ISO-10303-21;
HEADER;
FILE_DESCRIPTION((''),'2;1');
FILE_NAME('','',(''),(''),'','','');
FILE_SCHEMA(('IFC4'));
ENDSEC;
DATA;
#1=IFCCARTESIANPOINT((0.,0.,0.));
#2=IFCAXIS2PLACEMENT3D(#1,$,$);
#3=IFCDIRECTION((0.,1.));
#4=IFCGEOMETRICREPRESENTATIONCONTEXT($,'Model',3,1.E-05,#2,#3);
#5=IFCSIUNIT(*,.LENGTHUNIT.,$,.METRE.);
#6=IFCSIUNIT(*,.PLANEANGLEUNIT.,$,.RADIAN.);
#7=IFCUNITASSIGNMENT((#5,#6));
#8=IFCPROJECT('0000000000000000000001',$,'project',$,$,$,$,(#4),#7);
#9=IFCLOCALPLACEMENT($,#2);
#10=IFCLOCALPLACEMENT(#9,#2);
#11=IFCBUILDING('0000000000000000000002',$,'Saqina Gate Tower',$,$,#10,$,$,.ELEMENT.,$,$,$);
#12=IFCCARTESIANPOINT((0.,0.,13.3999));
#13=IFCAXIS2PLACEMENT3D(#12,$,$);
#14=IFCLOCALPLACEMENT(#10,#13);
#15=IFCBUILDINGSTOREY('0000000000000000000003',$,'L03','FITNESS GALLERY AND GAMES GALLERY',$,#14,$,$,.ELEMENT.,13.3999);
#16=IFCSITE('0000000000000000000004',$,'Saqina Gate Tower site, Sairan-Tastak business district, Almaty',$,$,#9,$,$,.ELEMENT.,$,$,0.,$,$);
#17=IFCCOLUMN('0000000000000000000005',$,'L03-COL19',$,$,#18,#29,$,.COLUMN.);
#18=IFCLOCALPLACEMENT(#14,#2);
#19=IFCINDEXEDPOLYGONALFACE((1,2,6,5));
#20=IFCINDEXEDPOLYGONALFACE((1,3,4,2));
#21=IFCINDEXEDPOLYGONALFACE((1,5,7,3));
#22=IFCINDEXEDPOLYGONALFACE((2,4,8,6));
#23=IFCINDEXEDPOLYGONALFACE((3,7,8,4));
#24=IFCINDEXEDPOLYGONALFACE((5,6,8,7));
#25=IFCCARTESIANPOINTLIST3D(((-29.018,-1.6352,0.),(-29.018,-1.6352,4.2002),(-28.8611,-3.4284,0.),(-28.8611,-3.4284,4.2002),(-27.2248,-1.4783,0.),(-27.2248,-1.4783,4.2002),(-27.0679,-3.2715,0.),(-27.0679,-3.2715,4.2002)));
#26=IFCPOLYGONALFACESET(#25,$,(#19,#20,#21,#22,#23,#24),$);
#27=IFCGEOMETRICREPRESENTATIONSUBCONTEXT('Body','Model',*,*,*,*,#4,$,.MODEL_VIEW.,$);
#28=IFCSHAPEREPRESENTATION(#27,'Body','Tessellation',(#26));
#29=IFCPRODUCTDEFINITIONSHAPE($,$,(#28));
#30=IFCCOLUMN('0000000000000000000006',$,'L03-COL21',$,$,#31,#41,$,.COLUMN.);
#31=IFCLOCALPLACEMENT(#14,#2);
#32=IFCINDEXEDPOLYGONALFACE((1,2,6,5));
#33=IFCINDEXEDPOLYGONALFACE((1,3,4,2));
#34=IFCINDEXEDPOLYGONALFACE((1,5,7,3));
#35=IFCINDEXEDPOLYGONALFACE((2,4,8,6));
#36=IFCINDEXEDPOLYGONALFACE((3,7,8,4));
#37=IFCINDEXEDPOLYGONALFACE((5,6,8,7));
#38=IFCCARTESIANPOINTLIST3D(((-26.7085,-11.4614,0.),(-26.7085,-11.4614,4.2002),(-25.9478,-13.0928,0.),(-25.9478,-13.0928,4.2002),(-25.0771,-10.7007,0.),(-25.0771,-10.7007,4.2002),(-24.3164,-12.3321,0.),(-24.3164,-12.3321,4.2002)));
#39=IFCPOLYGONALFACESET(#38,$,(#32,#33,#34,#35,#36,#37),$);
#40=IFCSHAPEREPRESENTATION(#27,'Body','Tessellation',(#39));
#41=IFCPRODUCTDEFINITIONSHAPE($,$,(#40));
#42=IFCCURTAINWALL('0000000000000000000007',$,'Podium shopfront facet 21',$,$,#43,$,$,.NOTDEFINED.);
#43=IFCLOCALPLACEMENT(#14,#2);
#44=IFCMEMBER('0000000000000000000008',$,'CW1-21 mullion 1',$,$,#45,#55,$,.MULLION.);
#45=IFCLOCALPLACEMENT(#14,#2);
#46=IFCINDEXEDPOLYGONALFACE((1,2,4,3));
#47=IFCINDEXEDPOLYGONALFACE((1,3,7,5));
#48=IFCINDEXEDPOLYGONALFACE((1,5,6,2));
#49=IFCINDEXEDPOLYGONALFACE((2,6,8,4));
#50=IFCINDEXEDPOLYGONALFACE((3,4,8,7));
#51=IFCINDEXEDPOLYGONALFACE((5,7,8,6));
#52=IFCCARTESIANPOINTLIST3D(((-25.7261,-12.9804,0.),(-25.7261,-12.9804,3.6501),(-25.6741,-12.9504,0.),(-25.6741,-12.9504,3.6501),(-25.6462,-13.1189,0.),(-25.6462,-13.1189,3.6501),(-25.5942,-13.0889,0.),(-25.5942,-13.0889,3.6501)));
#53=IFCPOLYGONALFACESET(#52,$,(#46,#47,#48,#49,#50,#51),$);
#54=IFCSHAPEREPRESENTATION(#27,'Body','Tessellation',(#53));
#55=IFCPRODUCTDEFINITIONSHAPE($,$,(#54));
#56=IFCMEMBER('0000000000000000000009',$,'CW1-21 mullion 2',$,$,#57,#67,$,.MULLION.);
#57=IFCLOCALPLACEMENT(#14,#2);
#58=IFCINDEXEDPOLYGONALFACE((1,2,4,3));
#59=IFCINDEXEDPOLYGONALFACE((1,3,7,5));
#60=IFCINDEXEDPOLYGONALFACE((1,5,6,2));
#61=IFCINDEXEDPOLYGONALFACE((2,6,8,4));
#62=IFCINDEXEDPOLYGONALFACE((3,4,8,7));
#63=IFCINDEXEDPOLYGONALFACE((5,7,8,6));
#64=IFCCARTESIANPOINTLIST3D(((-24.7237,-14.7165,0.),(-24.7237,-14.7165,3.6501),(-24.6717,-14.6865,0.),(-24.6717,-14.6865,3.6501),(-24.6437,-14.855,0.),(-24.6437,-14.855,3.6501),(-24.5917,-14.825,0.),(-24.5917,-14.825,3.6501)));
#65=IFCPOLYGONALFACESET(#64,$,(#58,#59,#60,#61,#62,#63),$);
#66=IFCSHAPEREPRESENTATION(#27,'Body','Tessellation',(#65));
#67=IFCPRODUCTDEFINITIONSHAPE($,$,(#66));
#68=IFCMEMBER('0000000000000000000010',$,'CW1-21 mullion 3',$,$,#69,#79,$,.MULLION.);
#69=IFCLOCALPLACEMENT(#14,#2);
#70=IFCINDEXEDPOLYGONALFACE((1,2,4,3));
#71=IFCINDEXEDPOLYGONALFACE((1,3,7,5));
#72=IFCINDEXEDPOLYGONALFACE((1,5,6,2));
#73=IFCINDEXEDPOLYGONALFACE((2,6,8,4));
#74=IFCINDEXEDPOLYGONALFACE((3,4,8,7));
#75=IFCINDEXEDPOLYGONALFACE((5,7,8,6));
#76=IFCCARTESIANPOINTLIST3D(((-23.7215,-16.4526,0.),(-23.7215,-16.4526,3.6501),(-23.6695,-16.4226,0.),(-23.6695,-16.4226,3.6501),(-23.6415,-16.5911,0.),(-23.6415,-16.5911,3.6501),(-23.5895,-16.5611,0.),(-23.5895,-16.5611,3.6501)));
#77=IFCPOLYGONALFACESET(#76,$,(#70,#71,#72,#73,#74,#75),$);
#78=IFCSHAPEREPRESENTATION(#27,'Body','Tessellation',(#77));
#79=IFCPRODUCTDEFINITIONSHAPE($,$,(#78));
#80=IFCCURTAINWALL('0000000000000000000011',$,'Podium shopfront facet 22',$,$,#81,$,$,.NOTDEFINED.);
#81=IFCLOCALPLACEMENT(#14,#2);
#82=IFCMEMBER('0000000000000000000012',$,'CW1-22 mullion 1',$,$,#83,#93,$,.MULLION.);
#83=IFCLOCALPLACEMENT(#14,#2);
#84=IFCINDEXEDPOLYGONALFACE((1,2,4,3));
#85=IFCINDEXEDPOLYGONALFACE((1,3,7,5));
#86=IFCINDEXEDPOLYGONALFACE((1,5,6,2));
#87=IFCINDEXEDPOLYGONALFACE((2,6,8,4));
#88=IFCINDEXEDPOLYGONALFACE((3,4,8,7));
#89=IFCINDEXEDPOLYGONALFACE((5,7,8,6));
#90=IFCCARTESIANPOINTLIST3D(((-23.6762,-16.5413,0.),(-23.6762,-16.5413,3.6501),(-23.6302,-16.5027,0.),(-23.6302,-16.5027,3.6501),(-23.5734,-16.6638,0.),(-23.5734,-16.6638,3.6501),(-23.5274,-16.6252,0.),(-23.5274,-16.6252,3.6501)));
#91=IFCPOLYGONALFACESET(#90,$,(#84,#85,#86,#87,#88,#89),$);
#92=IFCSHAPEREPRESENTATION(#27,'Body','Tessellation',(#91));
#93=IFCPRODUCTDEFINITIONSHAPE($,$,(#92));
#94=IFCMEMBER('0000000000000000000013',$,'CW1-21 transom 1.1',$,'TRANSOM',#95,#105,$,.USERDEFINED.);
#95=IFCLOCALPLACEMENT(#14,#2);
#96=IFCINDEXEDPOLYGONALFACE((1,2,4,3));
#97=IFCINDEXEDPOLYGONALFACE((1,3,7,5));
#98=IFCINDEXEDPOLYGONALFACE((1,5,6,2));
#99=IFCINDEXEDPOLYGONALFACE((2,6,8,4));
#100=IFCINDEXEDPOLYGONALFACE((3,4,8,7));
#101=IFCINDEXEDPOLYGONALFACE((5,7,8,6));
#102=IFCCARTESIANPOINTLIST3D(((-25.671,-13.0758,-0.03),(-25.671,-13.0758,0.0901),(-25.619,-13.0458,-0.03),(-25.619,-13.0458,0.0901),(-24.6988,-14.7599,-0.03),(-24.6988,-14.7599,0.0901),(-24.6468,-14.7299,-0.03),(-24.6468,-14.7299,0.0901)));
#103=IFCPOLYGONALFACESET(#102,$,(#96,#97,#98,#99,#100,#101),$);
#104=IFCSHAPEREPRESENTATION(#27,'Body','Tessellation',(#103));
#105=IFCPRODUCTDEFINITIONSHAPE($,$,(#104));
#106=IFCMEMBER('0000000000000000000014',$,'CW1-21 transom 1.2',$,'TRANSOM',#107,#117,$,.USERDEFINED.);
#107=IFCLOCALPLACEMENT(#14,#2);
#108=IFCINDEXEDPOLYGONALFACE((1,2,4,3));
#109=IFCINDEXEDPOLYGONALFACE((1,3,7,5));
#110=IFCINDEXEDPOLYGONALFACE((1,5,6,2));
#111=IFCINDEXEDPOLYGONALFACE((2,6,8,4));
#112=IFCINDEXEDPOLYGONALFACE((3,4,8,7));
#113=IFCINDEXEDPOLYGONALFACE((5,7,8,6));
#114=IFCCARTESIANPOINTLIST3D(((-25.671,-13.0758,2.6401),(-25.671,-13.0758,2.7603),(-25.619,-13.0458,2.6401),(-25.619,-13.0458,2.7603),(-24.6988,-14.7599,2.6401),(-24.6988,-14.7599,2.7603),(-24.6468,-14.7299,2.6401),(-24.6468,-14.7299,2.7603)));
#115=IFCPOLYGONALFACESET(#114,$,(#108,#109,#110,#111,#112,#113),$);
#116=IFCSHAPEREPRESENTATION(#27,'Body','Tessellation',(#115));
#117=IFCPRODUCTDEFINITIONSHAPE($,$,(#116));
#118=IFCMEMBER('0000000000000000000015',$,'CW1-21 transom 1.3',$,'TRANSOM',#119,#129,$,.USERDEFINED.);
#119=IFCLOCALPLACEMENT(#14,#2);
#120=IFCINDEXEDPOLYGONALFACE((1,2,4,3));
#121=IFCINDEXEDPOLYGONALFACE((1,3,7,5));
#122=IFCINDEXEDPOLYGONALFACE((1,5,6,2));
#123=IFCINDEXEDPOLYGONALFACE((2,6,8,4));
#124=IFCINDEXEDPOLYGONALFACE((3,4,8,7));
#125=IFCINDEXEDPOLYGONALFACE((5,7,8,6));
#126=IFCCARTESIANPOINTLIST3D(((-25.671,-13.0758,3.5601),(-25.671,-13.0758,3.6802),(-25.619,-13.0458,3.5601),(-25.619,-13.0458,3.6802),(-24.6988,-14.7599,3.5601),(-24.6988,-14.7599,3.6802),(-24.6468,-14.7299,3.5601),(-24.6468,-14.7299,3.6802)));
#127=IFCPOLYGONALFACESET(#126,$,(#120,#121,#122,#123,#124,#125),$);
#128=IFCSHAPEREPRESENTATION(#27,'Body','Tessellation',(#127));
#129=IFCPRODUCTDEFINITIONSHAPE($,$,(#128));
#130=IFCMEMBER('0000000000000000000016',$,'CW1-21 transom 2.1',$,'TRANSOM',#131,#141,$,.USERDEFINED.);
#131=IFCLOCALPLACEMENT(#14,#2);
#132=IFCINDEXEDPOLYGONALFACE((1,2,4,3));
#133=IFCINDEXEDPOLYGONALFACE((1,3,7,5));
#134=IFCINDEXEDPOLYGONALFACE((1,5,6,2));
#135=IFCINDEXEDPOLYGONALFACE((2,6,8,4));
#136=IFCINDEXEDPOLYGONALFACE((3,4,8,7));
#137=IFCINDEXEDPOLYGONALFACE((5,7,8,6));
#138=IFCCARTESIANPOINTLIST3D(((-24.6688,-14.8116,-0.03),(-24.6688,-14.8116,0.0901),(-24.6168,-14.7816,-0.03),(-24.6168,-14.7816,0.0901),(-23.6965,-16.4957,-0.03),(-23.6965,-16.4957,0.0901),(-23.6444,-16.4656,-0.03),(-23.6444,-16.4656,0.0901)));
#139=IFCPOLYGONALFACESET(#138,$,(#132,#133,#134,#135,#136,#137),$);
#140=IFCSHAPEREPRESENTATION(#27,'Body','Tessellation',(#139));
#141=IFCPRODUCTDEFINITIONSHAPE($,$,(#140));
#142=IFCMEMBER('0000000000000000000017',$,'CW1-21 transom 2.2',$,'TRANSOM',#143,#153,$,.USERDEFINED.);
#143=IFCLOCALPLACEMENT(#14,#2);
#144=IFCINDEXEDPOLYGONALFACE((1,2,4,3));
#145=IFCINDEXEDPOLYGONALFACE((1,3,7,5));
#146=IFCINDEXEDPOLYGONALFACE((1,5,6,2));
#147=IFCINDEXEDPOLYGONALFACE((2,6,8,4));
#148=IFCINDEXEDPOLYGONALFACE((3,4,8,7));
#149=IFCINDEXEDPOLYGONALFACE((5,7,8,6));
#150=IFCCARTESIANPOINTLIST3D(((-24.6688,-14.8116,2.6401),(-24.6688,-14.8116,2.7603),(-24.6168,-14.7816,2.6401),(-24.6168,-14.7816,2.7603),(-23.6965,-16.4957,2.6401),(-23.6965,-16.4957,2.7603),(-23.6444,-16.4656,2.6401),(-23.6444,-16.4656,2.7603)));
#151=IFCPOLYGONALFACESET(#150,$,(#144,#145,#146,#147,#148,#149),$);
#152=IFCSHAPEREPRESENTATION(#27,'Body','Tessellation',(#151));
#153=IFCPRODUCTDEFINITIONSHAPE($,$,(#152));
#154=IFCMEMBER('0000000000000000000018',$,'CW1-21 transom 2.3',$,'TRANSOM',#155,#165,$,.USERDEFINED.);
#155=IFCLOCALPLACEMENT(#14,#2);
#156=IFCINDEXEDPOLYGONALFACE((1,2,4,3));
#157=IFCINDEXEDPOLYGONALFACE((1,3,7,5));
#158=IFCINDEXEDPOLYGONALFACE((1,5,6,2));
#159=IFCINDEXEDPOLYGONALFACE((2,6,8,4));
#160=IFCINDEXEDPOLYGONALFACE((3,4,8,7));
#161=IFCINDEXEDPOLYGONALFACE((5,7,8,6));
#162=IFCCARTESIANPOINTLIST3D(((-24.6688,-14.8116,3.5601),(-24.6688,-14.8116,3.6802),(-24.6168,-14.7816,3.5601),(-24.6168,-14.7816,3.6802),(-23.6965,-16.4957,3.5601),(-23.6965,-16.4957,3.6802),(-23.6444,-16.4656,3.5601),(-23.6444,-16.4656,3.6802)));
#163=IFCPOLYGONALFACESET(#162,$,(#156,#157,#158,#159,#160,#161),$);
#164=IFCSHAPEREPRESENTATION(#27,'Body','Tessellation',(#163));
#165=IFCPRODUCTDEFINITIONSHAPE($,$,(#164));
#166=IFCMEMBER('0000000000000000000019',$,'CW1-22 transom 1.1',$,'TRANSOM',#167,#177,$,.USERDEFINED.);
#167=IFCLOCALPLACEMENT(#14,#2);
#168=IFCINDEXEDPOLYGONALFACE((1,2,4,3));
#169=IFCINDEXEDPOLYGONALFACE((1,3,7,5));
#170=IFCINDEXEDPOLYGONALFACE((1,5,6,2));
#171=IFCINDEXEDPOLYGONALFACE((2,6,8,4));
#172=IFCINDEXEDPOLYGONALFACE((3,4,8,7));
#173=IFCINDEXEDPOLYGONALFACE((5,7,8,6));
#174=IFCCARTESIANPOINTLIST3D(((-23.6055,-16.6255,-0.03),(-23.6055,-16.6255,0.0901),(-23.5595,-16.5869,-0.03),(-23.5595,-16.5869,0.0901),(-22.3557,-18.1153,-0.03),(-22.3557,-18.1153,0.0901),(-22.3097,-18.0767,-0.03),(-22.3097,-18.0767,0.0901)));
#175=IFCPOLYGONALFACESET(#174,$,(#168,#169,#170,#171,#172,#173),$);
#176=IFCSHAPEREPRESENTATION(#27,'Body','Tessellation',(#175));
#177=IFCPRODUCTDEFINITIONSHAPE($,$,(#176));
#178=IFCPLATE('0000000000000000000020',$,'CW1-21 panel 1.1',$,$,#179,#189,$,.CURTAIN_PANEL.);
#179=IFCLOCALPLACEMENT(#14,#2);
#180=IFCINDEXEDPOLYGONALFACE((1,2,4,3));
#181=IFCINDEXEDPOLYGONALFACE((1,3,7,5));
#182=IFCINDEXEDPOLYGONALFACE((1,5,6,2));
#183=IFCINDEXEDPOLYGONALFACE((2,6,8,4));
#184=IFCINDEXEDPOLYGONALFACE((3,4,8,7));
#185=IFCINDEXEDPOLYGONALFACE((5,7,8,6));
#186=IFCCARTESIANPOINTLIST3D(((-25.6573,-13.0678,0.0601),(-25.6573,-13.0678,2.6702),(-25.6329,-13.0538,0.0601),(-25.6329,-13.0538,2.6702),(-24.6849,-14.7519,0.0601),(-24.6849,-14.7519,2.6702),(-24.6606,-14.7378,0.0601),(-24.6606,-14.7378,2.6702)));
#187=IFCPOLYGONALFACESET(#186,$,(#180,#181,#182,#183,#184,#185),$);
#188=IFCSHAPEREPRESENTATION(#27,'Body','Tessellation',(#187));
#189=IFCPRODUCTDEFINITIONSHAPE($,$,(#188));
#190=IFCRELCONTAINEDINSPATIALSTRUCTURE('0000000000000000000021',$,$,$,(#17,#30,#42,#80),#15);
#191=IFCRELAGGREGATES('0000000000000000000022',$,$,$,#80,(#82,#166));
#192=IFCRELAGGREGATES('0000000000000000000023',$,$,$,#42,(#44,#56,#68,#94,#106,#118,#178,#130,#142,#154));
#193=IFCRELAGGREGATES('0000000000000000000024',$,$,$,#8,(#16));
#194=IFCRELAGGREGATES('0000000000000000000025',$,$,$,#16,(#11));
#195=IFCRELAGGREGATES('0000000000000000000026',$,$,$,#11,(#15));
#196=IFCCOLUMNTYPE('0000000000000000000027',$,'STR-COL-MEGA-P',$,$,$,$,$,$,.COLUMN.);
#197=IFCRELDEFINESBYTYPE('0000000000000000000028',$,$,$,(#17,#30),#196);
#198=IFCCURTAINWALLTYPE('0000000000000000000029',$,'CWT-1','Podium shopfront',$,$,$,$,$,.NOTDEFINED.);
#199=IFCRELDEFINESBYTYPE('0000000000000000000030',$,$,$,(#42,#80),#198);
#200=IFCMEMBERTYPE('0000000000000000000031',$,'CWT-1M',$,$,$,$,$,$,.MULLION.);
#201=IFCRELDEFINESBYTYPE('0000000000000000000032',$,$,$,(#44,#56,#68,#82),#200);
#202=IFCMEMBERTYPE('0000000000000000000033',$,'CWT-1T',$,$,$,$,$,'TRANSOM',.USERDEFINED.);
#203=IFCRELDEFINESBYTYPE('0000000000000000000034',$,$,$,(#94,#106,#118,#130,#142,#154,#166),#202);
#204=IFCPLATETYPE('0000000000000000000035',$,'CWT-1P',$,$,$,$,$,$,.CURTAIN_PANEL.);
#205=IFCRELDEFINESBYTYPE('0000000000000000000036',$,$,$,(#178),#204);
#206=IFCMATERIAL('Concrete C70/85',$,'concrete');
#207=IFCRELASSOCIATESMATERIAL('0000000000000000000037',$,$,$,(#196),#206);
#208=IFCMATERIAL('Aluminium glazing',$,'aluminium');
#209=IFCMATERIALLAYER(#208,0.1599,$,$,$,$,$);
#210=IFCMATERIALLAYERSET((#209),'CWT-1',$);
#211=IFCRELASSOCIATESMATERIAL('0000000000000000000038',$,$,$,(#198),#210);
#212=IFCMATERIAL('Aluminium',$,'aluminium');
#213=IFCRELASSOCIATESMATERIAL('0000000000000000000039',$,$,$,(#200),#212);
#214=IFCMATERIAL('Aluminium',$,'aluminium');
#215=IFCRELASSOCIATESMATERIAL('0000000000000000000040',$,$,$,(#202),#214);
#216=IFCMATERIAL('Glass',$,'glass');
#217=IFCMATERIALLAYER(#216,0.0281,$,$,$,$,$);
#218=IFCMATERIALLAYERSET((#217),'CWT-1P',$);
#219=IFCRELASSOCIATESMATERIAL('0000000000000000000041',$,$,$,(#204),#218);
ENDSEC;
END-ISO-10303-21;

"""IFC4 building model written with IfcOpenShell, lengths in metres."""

from ifc_helpers import new_model, si_unit, direction, frame, origin, origin_2d, place, context, subcontext, project, spatial, rectangle, extrude, material, layer, layer_set, material_profile, profile_set, type_object, element, aggregate, save


model = new_model("IFC4")

# Units and contexts
model_context = context("Model", 3, precision=1e-05, world=origin(), true_north=direction((0.0, 1.0)))
body_context = subcontext(model_context, "Body", "Model", "MODEL_VIEW")
ifc_project = project(units=[si_unit("LENGTHUNIT", "METRE"), si_unit("PLANEANGLEUNIT", "RADIAN")], contexts=[model_context])

# Site, building, storey
site_placement = place(None, origin())
site = spatial("IfcSite", under=ifc_project, at=site_placement, Name="Saqina Gate Tower site, Sairan-Tastak business district, Almaty", CompositionType="ELEMENT", RefElevation=0.0)
building_placement = place(site_placement, origin())
building = spatial("IfcBuilding", under=site, at=building_placement, Name="Saqina Gate Tower", CompositionType="ELEMENT")
storey_placement = place(building_placement, frame((0.0, 0.0, 13.3999)))
storey = spatial("IfcBuildingStorey", under=building, at=storey_placement, Name="L03", Description="FITNESS GALLERY AND GAMES GALLERY", CompositionType="ELEMENT", Elevation=13.3999)

# Columns
ifc_material_1 = material(Name="Concrete C70/85", Category="concrete")
ifc_material_profile_1 = material_profile(ifc_material_1, rectangle(XDim=1.8, YDim=1.8, at=origin_2d()), Name="RC 1800x1800")
ifc_profile_set_1 = profile_set([ifc_material_profile_1], Name="Concrete C70/85")
column_type = type_object("IfcColumnType", Name="STR-COL-MEGA-P", PredefinedType="COLUMN", material=ifc_profile_set_1)
for number, where, z_axis, x_axis, name in (
    (1, (-28.043, -2.4534, 0.0), (0.0, 0.0, 1.0), (-0.996195, -0.087156, 0.0), "L03-COL19"),
    (2, (-25.5125, -11.8967, 0.0), (0.0, 0.0, 1.0), (-0.906308, -0.422618, 0.0), "L03-COL21"),
):
    element("IfcColumn", number, at=place(storey_placement, frame(where, z_axis=z_axis, x_axis=x_axis)), inside=storey, type_object=column_type, Name=name, PredefinedType="COLUMN", context=body_context, shape_type="SweptSolid", body=[
        extrude(rectangle(XDim=1.8, YDim=1.8, at=origin_2d()), origin(), (0.0, 0.0, 1.0), 4.2002),
    ])

# Curtain wall, members
ifc_material_2 = material(Name="Aluminium glazing", Category="aluminium")
ifc_layer_1 = layer(ifc_material_2, 0.1599)
ifc_layer_set_1 = layer_set([ifc_layer_1], Name="CWT-1")
curtain_wall_type = type_object("IfcCurtainWallType", Name="CWT-1", Description="Podium shopfront", PredefinedType="NOTDEFINED", material=ifc_layer_set_1)
curtain_wall_1_placement = place(storey_placement, origin())
curtain_wall_1 = element("IfcCurtainWall", 3, at=curtain_wall_1_placement, inside=storey, type_object=curtain_wall_type, Name="Podium shopfront facet 21", PredefinedType="NOTDEFINED")
ifc_material_3 = material(Name="Aluminium", Category="aluminium")
ifc_material_profile_2 = material_profile(ifc_material_3, rectangle(XDim=0.0601, YDim=0.1599, at=origin_2d()), Name="Aluminium 60x160")
ifc_profile_set_2 = profile_set([ifc_material_profile_2], Name="Aluminium")
member_type_1 = type_object("IfcMemberType", Name="CWT-1M", PredefinedType="MULLION", material=ifc_profile_set_2)
member_1_placement = place(storey_placement, frame((-25.6602, -13.0347, 0.0), z_axis=(0.0, 0.0, 1.0), x_axis=(0.866017, 0.500014, 0.0)))
member_1 = element("IfcMember", 4, at=member_1_placement, type_object=member_type_1, Name="CW1-21 mullion 1", PredefinedType="MULLION", context=body_context, shape_type="SweptSolid", body=[
    extrude(rectangle(XDim=0.0601, YDim=0.1599, at=origin_2d()), origin(), (0.0, 0.0, 1.0), 3.6501),
])
member_2_placement = place(storey_placement, frame((-24.6577, -14.7708, 0.0), z_axis=(0.0, 0.0, 1.0), x_axis=(0.866017, 0.500014, 0.0)))
member_2 = element("IfcMember", 5, at=member_2_placement, type_object=member_type_1, Name="CW1-21 mullion 2", PredefinedType="MULLION", context=body_context, shape_type="SweptSolid", body=[
    extrude(rectangle(XDim=0.0601, YDim=0.1599, at=origin_2d()), origin(), (0.0, 0.0, 1.0), 3.6501),
])
member_3_placement = place(storey_placement, frame((-23.6555, -16.5068, 0.0), z_axis=(0.0, 0.0, 1.0), x_axis=(0.866017, 0.500014, 0.0)))
member_3 = element("IfcMember", 6, at=member_3_placement, type_object=member_type_1, Name="CW1-21 mullion 3", PredefinedType="MULLION", context=body_context, shape_type="SweptSolid", body=[
    extrude(rectangle(XDim=0.0601, YDim=0.1599, at=origin_2d()), origin(), (0.0, 0.0, 1.0), 3.6501),
])

# Curtain wall, member
curtain_wall_2_placement = place(storey_placement, origin())
curtain_wall_2 = element("IfcCurtainWall", 7, at=curtain_wall_2_placement, inside=storey, type_object=curtain_wall_type, Name="Podium shopfront facet 22", PredefinedType="NOTDEFINED")
member_4_placement = place(storey_placement, frame((-23.6018, -16.5833, 0.0), z_axis=(0.0, 0.0, 1.0), x_axis=(0.766051, 0.642779, 0.0)))
member_4 = element("IfcMember", 8, at=member_4_placement, type_object=member_type_1, Name="CW1-22 mullion 1", PredefinedType="MULLION", context=body_context, shape_type="SweptSolid", body=[
    extrude(rectangle(XDim=0.0601, YDim=0.1599, at=origin_2d()), origin(), (0.0, 0.0, 1.0), 3.6501),
])

# Members
ifc_material_4 = material(Name="Aluminium", Category="aluminium")
ifc_material_profile_3 = material_profile(ifc_material_4, rectangle(XDim=0.0601, YDim=0.1201, at=origin_2d()), Name="Aluminium 60x120")
ifc_profile_set_3 = profile_set([ifc_material_profile_3], Name="Aluminium")
member_type_2 = type_object("IfcMemberType", Name="CWT-1T", ElementType="TRANSOM", PredefinedType="USERDEFINED", material=ifc_profile_set_3)
member_5_placement = place(storey_placement, frame((-25.645, -13.0608, 0.03), z_axis=(0.499947, -0.866056, 0.0), x_axis=(0.866056, 0.499947, 0.0)))
member_5 = element("IfcMember", 9, at=member_5_placement, type_object=member_type_2, Name="CW1-21 transom 1.1", ObjectType="TRANSOM", PredefinedType="USERDEFINED", context=body_context, shape_type="SweptSolid", body=[
    extrude(rectangle(XDim=0.0601, YDim=0.1201, at=origin_2d()), origin(), (0.0, 0.0, 1.0), 1.9446),
])
member_6_placement = place(storey_placement, frame((-25.645, -13.0608, 2.7002), z_axis=(0.499947, -0.866056, 0.0), x_axis=(0.866056, 0.499947, 0.0)))
member_6 = element("IfcMember", 10, at=member_6_placement, type_object=member_type_2, Name="CW1-21 transom 1.2", ObjectType="TRANSOM", PredefinedType="USERDEFINED", context=body_context, shape_type="SweptSolid", body=[
    extrude(rectangle(XDim=0.0601, YDim=0.1201, at=origin_2d()), origin(), (0.0, 0.0, 1.0), 1.9446),
])
member_7_placement = place(storey_placement, frame((-25.645, -13.0608, 3.6201), z_axis=(0.499947, -0.866056, 0.0), x_axis=(0.866056, 0.499947, 0.0)))
member_7 = element("IfcMember", 11, at=member_7_placement, type_object=member_type_2, Name="CW1-21 transom 1.3", ObjectType="TRANSOM", PredefinedType="USERDEFINED", context=body_context, shape_type="SweptSolid", body=[
    extrude(rectangle(XDim=0.0601, YDim=0.1201, at=origin_2d()), origin(), (0.0, 0.0, 1.0), 1.9446),
])
member_8_placement = place(storey_placement, frame((-24.6428, -14.7966, 0.03), z_axis=(0.500041, -0.866002, 0.0), x_axis=(0.866002, 0.500041, 0.0)))
member_8 = element("IfcMember", 12, at=member_8_placement, type_object=member_type_2, Name="CW1-21 transom 2.1", ObjectType="TRANSOM", PredefinedType="USERDEFINED", context=body_context, shape_type="SweptSolid", body=[
    extrude(rectangle(XDim=0.0601, YDim=0.1201, at=origin_2d()), origin(), (0.0, 0.0, 1.0), 1.9446),
])
member_9_placement = place(storey_placement, frame((-24.6428, -14.7966, 2.7002), z_axis=(0.500041, -0.866002, 0.0), x_axis=(0.866002, 0.500041, 0.0)))
member_9 = element("IfcMember", 13, at=member_9_placement, type_object=member_type_2, Name="CW1-21 transom 2.2", ObjectType="TRANSOM", PredefinedType="USERDEFINED", context=body_context, shape_type="SweptSolid", body=[
    extrude(rectangle(XDim=0.0601, YDim=0.1201, at=origin_2d()), origin(), (0.0, 0.0, 1.0), 1.9446),
])
member_10_placement = place(storey_placement, frame((-24.6428, -14.7966, 3.6201), z_axis=(0.500041, -0.866002, 0.0), x_axis=(0.866002, 0.500041, 0.0)))
member_10 = element("IfcMember", 14, at=member_10_placement, type_object=member_type_2, Name="CW1-21 transom 2.3", ObjectType="TRANSOM", PredefinedType="USERDEFINED", context=body_context, shape_type="SweptSolid", body=[
    extrude(rectangle(XDim=0.0601, YDim=0.1201, at=origin_2d()), origin(), (0.0, 0.0, 1.0), 1.9446),
])
member_11_placement = place(storey_placement, frame((-23.5825, -16.6062, 0.03), z_axis=(0.6427, -0.766118, 0.0), x_axis=(0.766118, 0.6427, 0.0)))
member_11 = element("IfcMember", 15, at=member_11_placement, type_object=member_type_2, Name="CW1-22 transom 1.1", ObjectType="TRANSOM", PredefinedType="USERDEFINED", context=body_context, shape_type="SweptSolid", body=[
    extrude(rectangle(XDim=0.0601, YDim=0.1201, at=origin_2d()), origin(), (0.0, 0.0, 1.0), 1.9446),
])
aggregate(curtain_wall_2, [member_4, member_11])

# Plate
ifc_material_5 = material(Name="Glass", Category="glass")
ifc_layer_2 = layer(ifc_material_5, 0.0281)
ifc_layer_set_2 = layer_set([ifc_layer_2], Name="CWT-1P")
plate_type = type_object("IfcPlateType", Name="CWT-1P", PredefinedType="CURTAIN_PANEL", material=ifc_layer_set_2)
plate_1_placement = place(storey_placement, frame((-25.1589, -13.9028, 0.0601), z_axis=(0.0, 0.0, 1.0), x_axis=(0.500014, -0.866017, 0.0)))
plate_1 = element("IfcPlate", 16, at=plate_1_placement, type_object=plate_type, Name="CW1-21 panel 1.1", PredefinedType="CURTAIN_PANEL", context=body_context, shape_type="SweptSolid", body=[
    extrude(rectangle(XDim=1.9446, YDim=0.0281, at=origin_2d()), origin(), (0.0, 0.0, 1.0), 2.6101),
])
aggregate(curtain_wall_1, [member_1, member_2, member_3, member_5, member_6, member_7, plate_1, member_8, member_9, member_10])

save(model, "model.ifc")
